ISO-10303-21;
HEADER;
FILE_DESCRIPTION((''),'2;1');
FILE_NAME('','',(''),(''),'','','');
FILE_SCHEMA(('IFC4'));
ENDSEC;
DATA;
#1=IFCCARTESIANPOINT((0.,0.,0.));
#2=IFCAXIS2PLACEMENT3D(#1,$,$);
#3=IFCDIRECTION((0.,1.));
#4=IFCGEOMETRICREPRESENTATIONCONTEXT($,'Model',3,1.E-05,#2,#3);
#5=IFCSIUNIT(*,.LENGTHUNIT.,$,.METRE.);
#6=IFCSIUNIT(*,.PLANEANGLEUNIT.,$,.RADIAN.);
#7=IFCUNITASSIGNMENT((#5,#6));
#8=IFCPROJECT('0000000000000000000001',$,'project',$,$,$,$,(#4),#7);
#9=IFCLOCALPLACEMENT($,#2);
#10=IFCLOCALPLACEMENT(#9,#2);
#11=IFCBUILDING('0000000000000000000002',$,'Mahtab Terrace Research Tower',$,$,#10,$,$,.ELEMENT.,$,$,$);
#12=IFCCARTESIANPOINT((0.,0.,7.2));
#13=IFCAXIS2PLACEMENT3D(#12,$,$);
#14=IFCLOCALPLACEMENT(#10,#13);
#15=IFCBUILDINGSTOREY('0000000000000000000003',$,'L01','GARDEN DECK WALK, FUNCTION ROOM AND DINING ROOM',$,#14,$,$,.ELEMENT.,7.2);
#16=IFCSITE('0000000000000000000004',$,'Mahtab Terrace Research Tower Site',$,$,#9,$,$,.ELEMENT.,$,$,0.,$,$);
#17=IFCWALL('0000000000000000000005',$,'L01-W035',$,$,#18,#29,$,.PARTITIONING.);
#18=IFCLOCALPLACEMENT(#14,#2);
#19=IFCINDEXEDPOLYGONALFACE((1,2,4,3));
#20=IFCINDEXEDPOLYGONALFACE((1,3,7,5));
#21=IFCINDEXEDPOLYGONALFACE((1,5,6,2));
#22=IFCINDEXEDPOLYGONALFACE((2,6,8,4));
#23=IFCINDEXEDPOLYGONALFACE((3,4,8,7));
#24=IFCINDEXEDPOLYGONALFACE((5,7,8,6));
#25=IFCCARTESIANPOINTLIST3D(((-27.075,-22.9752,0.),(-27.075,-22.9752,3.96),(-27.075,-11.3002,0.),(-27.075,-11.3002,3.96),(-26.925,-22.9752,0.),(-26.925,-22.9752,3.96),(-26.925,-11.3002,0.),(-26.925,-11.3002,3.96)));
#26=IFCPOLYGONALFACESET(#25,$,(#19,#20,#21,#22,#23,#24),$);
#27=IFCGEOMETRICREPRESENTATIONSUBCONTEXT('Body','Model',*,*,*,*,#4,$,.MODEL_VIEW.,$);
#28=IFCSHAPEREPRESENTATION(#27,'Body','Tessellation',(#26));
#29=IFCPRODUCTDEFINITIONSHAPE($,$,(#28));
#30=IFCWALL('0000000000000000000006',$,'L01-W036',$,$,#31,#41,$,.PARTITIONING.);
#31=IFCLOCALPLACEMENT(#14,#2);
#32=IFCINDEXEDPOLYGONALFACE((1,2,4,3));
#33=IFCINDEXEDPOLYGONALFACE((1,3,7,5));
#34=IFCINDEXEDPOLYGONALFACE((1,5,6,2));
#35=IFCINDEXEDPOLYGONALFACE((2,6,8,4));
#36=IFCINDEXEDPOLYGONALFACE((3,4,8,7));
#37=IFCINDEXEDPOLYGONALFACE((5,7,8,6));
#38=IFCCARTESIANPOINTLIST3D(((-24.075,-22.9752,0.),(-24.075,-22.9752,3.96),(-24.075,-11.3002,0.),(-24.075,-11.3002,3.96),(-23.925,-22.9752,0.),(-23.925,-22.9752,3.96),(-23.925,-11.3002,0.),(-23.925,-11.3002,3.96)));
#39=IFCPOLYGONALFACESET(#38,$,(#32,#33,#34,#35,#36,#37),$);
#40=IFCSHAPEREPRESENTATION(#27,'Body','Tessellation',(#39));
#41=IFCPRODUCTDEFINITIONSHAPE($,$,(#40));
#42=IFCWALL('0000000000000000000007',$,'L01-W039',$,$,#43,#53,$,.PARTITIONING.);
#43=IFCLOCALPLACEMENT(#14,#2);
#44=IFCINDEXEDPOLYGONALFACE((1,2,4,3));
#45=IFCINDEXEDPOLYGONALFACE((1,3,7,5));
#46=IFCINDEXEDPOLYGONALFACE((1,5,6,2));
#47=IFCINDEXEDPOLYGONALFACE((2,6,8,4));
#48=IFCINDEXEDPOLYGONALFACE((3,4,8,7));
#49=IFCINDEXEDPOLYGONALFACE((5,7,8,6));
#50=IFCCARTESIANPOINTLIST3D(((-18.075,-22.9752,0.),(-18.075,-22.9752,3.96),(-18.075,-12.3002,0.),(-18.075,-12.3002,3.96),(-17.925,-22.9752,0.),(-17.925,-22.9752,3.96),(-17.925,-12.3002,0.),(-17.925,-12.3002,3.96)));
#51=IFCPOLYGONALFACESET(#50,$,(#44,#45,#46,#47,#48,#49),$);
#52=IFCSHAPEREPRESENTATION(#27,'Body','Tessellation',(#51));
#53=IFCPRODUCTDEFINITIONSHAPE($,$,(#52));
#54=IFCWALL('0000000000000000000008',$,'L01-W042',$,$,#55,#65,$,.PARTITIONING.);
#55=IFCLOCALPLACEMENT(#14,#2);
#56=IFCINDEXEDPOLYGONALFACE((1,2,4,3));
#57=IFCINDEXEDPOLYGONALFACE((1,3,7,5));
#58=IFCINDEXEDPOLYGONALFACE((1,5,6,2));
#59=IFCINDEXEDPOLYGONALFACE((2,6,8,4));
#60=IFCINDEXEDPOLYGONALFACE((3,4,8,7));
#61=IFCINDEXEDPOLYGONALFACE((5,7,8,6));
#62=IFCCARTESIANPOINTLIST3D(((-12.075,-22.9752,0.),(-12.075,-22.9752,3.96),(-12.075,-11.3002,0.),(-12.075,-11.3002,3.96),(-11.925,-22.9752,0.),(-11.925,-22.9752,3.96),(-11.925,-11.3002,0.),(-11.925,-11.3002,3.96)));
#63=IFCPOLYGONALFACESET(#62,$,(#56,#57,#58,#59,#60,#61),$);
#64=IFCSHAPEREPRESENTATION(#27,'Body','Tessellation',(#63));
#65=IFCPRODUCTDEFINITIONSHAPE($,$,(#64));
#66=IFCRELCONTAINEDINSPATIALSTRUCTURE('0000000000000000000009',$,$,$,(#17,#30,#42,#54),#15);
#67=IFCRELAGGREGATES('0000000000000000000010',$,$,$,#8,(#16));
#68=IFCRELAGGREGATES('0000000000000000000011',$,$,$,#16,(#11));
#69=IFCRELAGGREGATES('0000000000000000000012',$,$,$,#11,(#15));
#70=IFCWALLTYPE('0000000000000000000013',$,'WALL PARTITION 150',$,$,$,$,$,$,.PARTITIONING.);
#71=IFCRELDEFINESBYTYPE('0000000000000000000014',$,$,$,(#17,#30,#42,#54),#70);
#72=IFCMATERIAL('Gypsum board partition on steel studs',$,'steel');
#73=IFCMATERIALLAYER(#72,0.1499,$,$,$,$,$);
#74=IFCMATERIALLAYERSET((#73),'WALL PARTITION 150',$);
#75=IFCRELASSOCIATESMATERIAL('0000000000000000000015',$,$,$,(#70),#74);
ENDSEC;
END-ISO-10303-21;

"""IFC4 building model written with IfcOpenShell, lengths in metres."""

from ifc_helpers import new_model, si_unit, direction, frame, frame_2d, origin, place, context, subcontext, project, spatial, rectangle, extrude, material, layer, layer_set, type_object, element, save


model = new_model("IFC4")

# Units and contexts
model_context = context("Model", 3, precision=1e-05, world=origin(), true_north=direction((0.0, 1.0)))
body_context = subcontext(model_context, "Body", "Model", "MODEL_VIEW")
ifc_project = project(units=[si_unit("LENGTHUNIT", "METRE"), si_unit("PLANEANGLEUNIT", "RADIAN")], contexts=[model_context])

# Site, building, storey
site_placement = place(None, origin())
site = spatial("IfcSite", under=ifc_project, at=site_placement, Name="Mahtab Terrace Research Tower Site", CompositionType="ELEMENT", RefElevation=0.0)
building_placement = place(site_placement, origin())
building = spatial("IfcBuilding", under=site, at=building_placement, Name="Mahtab Terrace Research Tower", CompositionType="ELEMENT")
storey_placement = place(building_placement, frame((0.0, 0.0, 7.2)))
storey = spatial("IfcBuildingStorey", under=building, at=storey_placement, Name="L01", Description="GARDEN DECK WALK, FUNCTION ROOM AND DINING ROOM", CompositionType="ELEMENT", Elevation=7.2)

# Walls
ifc_material_1 = material(Name="Gypsum board partition on steel studs", Category="steel")
ifc_layer_1 = layer(ifc_material_1, 0.1499)
ifc_layer_set_1 = layer_set([ifc_layer_1], Name="WALL PARTITION 150")
wall_type_1 = type_object("IfcWallType", Name="WALL PARTITION 150", PredefinedType="PARTITIONING", material=ifc_layer_set_1)
for number, where, z_axis, x_axis, name in (
    (1, (-27.0, -22.9751, 0.0), (0.0, 0.0, 1.0), (0.0, 1.0, 0.0), "L01-W035"),
    (2, (-24.0, -22.9751, 0.0), (0.0, 0.0, 1.0), (0.0, 1.0, 0.0), "L01-W036"),
):
    element("IfcWall", number, at=place(storey_placement, frame(where, z_axis=z_axis, x_axis=x_axis)), inside=storey, type_object=wall_type_1, Name=name, PredefinedType="PARTITIONING", context=body_context, shape_type="SweptSolid", body=[
        extrude(rectangle(XDim=11.675, YDim=0.1499, at=frame_2d((5.8374, 0.0))), origin(), (0.0, 0.0, 1.0), 3.96),
    ])
wall_1_placement = place(storey_placement, frame((-18.0, -22.9751, 0.0), z_axis=(0.0, 0.0, 1.0), x_axis=(0.0, 1.0, 0.0)))
element("IfcWall", 3, at=wall_1_placement, inside=storey, type_object=wall_type_1, Name="L01-W039", PredefinedType="PARTITIONING", context=body_context, shape_type="SweptSolid", body=[
    extrude(rectangle(XDim=10.675, YDim=0.1499, at=frame_2d((5.3374, 0.0))), origin(), (0.0, 0.0, 1.0), 3.96),
])
wall_2_placement = place(storey_placement, frame((-12.0, -22.9751, 0.0), z_axis=(0.0, 0.0, 1.0), x_axis=(0.0, 1.0, 0.0)))
element("IfcWall", 4, at=wall_2_placement, inside=storey, type_object=wall_type_1, Name="L01-W042", PredefinedType="PARTITIONING", context=body_context, shape_type="SweptSolid", body=[
    extrude(rectangle(XDim=11.675, YDim=0.1499, at=frame_2d((5.8374, 0.0))), origin(), (0.0, 0.0, 1.0), 3.96),
])

save(model, "model.ifc")
